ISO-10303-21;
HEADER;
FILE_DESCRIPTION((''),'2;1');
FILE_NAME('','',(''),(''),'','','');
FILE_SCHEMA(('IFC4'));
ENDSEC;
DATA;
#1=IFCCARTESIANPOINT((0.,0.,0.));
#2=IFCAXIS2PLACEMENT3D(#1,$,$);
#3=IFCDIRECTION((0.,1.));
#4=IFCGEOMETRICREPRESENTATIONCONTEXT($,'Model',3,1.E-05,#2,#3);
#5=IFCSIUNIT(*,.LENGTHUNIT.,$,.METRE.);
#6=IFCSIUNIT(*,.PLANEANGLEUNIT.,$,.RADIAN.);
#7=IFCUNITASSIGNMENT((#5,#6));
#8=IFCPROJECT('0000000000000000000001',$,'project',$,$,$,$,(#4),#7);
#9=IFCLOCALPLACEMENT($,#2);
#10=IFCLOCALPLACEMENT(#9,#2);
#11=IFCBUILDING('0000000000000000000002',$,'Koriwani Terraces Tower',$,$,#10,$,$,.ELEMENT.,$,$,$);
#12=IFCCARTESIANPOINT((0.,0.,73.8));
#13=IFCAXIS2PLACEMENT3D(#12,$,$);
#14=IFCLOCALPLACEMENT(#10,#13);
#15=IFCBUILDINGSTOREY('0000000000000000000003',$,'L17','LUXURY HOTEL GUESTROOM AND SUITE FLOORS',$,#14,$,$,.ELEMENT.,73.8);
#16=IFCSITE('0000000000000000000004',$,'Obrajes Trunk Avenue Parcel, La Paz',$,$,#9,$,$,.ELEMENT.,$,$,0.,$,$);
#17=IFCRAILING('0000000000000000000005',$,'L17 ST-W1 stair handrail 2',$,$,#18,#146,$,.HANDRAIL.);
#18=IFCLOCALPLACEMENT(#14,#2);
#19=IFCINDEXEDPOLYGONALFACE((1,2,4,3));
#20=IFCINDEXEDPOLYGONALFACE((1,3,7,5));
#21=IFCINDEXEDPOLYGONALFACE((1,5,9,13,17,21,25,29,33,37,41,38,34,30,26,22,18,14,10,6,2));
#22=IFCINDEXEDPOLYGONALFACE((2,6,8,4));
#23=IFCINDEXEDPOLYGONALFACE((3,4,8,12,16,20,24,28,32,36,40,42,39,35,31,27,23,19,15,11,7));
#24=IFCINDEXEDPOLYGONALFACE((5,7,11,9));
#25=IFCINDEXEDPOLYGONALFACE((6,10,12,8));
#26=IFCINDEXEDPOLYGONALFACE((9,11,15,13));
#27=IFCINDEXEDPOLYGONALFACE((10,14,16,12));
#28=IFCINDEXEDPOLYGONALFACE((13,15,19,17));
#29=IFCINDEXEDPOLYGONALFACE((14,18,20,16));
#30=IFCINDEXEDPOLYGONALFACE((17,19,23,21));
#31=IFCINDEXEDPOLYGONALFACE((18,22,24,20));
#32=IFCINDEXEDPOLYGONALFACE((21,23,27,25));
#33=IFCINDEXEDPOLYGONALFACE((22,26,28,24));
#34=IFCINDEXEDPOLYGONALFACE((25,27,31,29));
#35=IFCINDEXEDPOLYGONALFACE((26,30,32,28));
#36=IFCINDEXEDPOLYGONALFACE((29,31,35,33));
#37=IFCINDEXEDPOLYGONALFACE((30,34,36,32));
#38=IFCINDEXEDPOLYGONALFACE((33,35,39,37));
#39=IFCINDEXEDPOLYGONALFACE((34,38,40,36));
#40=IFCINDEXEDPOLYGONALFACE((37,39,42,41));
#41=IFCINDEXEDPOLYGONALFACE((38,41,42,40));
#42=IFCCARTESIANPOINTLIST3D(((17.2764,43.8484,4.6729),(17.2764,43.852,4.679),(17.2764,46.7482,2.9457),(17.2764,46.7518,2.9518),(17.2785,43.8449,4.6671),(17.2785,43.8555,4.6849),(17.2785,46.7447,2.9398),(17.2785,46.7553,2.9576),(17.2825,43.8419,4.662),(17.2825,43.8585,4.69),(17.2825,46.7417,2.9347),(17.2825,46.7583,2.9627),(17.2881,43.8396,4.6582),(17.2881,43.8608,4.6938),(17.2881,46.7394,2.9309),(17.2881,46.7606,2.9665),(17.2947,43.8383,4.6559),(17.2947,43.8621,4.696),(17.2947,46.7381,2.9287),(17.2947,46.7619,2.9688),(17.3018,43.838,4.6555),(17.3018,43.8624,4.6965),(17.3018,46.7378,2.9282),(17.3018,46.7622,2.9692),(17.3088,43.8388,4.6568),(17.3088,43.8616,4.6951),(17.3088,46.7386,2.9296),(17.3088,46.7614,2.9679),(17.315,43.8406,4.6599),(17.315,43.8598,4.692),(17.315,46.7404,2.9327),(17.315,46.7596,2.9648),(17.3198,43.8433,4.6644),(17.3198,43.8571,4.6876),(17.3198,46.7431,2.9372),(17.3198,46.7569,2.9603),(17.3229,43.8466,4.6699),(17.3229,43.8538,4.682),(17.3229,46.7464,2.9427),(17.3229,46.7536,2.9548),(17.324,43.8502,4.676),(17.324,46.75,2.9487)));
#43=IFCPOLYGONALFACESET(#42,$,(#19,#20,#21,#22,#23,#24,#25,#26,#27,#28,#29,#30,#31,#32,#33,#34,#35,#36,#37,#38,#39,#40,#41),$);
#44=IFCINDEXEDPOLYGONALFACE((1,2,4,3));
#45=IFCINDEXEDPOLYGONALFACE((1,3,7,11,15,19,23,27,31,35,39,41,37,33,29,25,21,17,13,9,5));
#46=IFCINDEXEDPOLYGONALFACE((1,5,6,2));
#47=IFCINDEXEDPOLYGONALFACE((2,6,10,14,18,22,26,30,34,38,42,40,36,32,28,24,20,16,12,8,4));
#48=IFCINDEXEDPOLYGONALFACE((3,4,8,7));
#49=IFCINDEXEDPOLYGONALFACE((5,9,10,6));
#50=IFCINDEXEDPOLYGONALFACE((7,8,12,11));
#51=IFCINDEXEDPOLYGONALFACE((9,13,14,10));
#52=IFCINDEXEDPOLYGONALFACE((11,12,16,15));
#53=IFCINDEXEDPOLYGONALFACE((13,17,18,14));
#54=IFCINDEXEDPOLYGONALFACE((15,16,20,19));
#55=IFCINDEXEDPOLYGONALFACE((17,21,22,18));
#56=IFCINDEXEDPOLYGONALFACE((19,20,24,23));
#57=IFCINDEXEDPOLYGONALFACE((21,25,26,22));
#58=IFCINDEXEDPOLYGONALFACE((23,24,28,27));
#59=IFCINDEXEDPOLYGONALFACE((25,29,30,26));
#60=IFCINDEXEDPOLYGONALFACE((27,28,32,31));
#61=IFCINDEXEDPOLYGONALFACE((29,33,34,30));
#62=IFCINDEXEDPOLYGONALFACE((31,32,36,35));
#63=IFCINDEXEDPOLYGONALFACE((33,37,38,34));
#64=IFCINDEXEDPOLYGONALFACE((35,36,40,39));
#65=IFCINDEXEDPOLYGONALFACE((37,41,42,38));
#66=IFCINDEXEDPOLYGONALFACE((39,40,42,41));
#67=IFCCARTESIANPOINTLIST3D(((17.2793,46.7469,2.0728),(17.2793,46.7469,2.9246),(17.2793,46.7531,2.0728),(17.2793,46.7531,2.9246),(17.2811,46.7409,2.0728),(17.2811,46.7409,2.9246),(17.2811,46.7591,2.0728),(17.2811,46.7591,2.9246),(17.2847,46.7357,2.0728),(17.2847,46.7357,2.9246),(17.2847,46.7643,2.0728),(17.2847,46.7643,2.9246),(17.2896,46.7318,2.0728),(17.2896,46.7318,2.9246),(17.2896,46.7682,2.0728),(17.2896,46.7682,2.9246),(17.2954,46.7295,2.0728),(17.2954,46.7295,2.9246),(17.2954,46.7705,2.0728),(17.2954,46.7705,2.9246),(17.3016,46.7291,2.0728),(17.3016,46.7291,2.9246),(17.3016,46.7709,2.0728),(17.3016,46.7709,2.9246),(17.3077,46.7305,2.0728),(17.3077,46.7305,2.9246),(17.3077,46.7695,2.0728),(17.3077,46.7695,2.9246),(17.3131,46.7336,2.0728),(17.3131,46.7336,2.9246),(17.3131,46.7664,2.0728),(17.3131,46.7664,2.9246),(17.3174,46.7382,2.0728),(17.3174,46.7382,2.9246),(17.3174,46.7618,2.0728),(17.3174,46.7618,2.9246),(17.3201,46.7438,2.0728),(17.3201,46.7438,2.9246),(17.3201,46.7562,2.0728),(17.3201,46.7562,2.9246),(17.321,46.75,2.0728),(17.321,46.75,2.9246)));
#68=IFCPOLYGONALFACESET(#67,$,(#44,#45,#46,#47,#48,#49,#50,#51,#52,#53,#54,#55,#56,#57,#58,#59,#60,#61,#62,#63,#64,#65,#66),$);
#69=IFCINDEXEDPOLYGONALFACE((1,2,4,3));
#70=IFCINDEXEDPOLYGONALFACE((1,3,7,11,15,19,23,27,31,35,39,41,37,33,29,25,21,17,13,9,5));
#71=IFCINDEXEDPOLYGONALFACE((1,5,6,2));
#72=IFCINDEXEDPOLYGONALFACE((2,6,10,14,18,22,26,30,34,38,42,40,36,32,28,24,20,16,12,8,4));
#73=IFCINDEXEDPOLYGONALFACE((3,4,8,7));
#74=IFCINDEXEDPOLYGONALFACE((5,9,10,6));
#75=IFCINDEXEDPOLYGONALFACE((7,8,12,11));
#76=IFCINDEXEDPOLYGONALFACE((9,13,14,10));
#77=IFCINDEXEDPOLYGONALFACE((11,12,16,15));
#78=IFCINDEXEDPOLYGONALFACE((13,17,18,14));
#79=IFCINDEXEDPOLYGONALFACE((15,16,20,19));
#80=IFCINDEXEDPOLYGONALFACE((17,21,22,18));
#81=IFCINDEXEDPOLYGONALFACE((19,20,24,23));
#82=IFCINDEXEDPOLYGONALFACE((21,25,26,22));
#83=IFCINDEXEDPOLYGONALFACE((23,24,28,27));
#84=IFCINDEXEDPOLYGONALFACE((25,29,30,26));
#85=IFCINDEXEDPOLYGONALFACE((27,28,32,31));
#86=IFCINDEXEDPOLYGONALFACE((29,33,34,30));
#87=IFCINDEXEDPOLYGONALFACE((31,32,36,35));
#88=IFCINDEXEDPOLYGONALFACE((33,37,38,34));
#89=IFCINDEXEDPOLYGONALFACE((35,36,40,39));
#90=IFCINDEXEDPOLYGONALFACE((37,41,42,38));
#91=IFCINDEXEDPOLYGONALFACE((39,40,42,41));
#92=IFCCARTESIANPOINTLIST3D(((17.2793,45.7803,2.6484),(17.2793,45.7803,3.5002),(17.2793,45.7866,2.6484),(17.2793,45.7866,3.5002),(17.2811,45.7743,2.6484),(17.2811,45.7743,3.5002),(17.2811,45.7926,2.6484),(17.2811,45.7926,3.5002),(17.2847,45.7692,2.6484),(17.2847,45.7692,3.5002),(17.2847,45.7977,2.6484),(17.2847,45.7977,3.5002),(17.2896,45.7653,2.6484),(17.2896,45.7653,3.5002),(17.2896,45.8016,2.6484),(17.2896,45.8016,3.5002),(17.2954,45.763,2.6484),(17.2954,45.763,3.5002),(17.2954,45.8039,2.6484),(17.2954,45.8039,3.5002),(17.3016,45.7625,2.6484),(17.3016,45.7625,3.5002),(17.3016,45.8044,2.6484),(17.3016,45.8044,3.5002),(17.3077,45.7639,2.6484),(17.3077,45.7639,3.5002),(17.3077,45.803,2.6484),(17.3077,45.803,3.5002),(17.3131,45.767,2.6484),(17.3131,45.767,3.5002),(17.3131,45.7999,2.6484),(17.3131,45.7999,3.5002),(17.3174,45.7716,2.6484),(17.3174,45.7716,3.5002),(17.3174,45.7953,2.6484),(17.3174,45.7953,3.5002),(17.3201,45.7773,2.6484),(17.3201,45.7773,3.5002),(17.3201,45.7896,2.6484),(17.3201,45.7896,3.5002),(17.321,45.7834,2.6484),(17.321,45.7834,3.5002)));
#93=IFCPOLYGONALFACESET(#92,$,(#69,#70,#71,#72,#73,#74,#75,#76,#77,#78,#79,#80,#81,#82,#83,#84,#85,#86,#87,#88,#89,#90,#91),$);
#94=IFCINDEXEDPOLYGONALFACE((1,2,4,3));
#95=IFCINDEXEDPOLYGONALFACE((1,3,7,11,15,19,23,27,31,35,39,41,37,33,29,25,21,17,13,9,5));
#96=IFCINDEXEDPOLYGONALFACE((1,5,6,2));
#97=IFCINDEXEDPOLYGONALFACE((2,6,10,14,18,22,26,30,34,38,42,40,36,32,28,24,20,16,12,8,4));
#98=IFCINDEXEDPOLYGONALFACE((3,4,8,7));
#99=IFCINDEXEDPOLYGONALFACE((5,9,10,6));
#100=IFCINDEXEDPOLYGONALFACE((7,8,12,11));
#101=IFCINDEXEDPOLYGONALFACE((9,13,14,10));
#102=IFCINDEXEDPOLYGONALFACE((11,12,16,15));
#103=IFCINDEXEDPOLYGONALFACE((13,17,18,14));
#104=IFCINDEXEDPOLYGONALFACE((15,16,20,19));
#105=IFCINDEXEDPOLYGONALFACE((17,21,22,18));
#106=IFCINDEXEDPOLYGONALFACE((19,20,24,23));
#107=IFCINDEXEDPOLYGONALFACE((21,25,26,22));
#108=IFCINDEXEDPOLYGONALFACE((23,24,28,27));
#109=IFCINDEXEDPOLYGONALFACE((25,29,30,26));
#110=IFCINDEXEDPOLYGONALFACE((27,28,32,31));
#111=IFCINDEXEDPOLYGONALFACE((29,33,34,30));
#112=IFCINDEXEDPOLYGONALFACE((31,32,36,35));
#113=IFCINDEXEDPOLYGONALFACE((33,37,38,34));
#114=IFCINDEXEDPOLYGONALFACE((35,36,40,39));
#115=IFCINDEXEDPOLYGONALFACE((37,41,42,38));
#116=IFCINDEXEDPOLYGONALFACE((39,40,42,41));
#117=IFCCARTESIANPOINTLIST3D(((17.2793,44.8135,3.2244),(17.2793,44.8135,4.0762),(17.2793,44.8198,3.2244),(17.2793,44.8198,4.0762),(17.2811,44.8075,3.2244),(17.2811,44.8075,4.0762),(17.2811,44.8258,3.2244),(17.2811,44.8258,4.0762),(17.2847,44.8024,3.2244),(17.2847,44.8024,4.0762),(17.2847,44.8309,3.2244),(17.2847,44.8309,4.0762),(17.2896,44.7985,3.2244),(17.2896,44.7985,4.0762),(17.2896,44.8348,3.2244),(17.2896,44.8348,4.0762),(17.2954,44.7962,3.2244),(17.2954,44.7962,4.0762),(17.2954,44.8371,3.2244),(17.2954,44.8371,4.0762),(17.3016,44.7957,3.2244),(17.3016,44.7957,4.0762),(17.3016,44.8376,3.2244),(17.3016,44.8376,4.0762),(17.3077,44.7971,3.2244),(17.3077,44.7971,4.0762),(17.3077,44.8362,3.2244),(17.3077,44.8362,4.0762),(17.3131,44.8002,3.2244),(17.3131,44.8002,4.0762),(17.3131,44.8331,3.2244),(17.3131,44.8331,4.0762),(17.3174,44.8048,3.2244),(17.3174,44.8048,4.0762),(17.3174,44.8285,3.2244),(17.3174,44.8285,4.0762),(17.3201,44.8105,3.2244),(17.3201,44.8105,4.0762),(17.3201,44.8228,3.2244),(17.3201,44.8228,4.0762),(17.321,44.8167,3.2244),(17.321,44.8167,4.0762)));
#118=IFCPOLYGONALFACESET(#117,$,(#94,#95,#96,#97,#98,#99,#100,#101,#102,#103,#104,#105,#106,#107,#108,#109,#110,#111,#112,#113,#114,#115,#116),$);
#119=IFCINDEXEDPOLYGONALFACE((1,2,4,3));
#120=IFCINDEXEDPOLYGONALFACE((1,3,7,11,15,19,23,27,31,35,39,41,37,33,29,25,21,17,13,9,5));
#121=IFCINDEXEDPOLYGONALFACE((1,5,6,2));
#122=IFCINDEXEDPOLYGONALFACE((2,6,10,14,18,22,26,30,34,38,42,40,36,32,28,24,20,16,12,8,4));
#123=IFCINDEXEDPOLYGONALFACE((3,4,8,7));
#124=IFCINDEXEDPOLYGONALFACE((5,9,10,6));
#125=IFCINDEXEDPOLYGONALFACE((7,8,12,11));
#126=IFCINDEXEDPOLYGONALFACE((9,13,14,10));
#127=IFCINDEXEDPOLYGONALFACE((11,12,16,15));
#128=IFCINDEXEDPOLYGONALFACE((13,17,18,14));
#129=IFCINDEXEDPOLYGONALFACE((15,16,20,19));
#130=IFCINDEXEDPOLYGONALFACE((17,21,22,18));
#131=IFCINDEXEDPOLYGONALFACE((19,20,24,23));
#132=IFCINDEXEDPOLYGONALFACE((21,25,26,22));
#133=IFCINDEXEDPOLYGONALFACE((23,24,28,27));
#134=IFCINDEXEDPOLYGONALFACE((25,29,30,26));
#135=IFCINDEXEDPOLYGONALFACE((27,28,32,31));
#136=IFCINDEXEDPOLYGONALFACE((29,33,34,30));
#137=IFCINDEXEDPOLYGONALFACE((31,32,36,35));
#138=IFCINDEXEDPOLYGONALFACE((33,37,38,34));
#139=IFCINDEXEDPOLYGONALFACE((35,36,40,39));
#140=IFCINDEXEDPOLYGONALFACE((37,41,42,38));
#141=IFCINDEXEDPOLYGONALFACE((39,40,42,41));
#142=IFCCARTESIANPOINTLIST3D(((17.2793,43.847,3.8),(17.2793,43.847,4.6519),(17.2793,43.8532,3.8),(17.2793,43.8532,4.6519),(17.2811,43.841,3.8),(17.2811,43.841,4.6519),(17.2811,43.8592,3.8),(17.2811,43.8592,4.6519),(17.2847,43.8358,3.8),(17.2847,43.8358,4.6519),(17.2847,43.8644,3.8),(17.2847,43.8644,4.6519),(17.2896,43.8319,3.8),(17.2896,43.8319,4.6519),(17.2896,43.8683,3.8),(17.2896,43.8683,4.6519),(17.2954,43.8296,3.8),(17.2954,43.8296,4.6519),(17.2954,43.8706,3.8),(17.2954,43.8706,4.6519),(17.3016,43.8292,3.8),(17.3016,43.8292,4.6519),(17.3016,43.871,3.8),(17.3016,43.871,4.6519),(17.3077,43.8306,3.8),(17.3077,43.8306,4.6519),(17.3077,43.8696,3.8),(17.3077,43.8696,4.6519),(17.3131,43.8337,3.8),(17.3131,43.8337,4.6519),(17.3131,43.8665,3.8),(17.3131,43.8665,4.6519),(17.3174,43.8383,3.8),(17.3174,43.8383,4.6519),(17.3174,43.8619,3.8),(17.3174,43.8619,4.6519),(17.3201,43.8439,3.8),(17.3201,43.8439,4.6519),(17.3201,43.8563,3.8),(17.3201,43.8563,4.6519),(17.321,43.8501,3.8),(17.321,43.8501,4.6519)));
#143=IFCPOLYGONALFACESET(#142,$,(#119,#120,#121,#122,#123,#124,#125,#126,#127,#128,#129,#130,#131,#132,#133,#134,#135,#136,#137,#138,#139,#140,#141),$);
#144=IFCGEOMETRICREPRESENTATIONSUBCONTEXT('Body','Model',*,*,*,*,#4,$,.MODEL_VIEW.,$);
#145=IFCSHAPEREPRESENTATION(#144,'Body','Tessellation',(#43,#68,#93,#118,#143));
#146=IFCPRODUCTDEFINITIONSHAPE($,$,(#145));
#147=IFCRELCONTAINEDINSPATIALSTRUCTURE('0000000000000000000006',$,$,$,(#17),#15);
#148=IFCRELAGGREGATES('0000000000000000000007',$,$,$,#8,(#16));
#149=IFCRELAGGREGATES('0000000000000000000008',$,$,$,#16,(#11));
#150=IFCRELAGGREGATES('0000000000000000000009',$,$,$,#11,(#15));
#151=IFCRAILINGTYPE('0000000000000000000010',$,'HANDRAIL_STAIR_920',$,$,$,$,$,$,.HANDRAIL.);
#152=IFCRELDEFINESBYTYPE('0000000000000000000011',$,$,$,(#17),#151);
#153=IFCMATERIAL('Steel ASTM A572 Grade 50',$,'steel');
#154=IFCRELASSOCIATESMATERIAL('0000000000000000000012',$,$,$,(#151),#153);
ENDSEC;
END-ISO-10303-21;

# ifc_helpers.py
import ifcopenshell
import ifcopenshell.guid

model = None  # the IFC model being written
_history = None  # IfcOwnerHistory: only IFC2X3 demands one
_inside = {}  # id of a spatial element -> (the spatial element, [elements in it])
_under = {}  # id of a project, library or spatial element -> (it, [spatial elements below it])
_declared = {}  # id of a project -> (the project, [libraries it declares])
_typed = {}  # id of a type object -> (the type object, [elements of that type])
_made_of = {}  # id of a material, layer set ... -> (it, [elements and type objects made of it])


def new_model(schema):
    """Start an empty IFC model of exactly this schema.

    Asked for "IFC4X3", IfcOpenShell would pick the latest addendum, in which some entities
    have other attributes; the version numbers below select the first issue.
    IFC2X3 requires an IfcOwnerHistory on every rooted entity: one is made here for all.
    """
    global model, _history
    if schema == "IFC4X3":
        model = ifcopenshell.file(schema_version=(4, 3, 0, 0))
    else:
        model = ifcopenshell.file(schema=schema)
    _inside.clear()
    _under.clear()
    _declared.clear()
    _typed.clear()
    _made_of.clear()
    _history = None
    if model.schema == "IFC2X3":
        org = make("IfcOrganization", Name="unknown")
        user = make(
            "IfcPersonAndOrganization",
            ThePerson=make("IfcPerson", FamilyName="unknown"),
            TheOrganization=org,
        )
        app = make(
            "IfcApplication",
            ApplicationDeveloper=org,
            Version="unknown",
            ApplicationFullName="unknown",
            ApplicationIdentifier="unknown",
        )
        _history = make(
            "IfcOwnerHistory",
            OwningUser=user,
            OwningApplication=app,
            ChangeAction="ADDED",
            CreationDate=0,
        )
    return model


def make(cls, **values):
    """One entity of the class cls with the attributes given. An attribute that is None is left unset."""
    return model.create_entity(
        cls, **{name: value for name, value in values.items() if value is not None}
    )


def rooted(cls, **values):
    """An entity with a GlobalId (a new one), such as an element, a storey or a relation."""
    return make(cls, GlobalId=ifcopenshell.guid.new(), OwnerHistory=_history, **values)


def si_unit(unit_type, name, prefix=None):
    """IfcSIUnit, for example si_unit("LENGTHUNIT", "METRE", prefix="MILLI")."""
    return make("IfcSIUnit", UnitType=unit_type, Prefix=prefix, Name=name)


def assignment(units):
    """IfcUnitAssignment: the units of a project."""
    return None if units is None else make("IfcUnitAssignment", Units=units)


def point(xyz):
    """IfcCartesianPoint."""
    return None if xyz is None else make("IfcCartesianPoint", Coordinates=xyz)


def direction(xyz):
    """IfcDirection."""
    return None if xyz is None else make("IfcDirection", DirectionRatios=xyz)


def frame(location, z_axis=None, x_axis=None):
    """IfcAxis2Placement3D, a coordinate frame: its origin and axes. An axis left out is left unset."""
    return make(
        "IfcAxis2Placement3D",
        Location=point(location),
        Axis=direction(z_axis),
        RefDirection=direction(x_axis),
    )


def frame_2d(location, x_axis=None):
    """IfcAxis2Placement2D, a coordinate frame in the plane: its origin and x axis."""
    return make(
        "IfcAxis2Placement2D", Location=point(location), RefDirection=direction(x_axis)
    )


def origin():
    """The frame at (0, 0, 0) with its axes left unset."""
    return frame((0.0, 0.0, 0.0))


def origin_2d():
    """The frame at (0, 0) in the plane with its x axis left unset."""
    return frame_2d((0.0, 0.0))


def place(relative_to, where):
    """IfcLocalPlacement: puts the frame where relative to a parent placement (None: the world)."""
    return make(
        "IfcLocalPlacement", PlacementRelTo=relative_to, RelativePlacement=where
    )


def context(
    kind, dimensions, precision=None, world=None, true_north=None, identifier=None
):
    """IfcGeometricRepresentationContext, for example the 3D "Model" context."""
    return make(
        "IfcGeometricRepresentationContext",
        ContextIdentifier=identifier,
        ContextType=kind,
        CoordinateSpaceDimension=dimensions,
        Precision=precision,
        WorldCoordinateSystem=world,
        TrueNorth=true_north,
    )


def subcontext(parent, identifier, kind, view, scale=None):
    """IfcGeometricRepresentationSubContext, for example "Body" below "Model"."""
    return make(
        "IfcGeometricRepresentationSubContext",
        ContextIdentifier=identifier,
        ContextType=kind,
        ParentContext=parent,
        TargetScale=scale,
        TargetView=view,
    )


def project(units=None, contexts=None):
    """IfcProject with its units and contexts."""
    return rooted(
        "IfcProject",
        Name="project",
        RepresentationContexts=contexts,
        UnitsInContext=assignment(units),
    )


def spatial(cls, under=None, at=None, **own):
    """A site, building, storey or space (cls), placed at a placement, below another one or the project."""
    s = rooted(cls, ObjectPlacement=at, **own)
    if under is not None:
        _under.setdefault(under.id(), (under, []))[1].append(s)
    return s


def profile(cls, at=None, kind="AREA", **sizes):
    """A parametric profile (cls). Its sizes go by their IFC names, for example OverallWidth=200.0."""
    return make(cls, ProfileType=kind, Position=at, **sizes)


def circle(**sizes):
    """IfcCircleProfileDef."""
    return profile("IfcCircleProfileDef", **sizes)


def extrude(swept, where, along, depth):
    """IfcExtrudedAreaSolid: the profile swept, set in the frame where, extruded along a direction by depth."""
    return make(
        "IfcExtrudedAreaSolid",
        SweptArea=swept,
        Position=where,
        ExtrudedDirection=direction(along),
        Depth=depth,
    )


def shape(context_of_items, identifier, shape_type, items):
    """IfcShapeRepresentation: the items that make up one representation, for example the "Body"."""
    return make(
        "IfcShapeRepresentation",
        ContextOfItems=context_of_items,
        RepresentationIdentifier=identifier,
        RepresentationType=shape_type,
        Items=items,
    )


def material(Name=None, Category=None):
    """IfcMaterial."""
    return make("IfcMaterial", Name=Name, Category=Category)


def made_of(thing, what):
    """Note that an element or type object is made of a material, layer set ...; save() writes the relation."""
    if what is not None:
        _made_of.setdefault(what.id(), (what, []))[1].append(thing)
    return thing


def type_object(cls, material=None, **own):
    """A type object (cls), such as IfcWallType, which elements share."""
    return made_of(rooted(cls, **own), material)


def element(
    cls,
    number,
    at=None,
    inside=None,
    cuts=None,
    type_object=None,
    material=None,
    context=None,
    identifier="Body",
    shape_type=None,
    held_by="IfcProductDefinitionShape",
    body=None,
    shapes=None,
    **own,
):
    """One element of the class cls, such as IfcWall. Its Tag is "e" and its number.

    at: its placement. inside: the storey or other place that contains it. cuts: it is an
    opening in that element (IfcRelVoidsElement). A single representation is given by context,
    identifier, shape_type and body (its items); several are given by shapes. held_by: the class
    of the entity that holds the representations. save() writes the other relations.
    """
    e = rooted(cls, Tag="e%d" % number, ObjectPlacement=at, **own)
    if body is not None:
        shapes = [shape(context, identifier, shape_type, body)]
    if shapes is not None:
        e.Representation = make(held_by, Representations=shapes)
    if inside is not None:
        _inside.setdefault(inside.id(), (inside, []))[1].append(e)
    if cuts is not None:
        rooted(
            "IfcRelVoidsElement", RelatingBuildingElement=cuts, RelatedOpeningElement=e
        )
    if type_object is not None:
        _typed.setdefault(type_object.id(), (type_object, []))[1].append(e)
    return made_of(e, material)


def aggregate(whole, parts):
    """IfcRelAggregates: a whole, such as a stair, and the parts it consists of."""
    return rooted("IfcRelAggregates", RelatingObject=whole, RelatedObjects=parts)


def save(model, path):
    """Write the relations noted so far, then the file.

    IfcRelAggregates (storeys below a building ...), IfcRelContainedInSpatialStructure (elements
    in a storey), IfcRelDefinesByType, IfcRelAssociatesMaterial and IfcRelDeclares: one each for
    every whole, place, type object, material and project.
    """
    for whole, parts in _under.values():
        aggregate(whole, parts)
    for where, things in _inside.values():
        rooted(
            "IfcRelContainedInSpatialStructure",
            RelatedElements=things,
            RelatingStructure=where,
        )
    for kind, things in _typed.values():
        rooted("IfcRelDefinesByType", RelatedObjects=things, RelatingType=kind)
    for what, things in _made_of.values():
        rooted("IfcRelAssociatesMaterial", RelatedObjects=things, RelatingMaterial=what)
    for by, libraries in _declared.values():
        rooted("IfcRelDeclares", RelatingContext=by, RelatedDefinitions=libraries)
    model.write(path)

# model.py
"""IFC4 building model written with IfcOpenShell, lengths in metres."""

from ifc_helpers import new_model, si_unit, direction, frame, origin, origin_2d, place, context, subcontext, project, spatial, circle, extrude, material, type_object, element, save


model = new_model("IFC4")

# Units and contexts
model_context = context("Model", 3, precision=1e-05, world=origin(), true_north=direction((0.0, 1.0)))
body_context = subcontext(model_context, "Body", "Model", "MODEL_VIEW")
ifc_project = project(units=[si_unit("LENGTHUNIT", "METRE"), si_unit("PLANEANGLEUNIT", "RADIAN")], contexts=[model_context])

# Site, building, storey
site_placement = place(None, origin())
site = spatial("IfcSite", under=ifc_project, at=site_placement, Name="Obrajes Trunk Avenue Parcel, La Paz", CompositionType="ELEMENT", RefElevation=0.0)
building_placement = place(site_placement, origin())
building = spatial("IfcBuilding", under=site, at=building_placement, Name="Koriwani Terraces Tower", CompositionType="ELEMENT")
storey_placement = place(building_placement, frame((0.0, 0.0, 73.8)))
storey = spatial("IfcBuildingStorey", under=building, at=storey_placement, Name="L17", Description="LUXURY HOTEL GUESTROOM AND SUITE FLOORS", CompositionType="ELEMENT", Elevation=73.8)

# Shared definitions
ifc_material_1 = material(Name="Steel ASTM A572 Grade 50", Category="steel")

# Railing
railing_type_1 = type_object("IfcRailingType", Name="HANDRAIL_STAIR_920", PredefinedType="HANDRAIL", material=ifc_material_1)
for number, where, name in (
    (1, (17.3, 46.75, 2.0728), "L17 ST-W1 stair handrail 2"),
):
    element("IfcRailing", number, at=place(storey_placement, frame(where)), inside=storey, type_object=railing_type_1, Name=name, PredefinedType="HANDRAIL", context=body_context, shape_type="SweptSolid", body=[
        extrude(circle(Radius=0.0239, at=origin_2d()), frame((0.0, 0.0, 0.876), z_axis=(0.0, -0.859141, 0.511738), x_axis=(1.0, 0.0, 0.0)), (0.0, 0.0, 1.0), 3.3752),
        extrude(circle(Radius=0.021, at=origin_2d()), origin(), (0.0, 0.0, 1.0), 0.8518),
        extrude(circle(Radius=0.021, at=origin_2d()), frame((0.0, -0.9666, 0.5757)), (0.0, 0.0, 1.0), 0.8518),
        extrude(circle(Radius=0.021, at=origin_2d()), frame((0.0, -1.9333, 1.1516)), (0.0, 0.0, 1.0), 0.8518),
        extrude(circle(Radius=0.021, at=origin_2d()), frame((0.0, -2.8999, 1.7273)), (0.0, 0.0, 1.0), 0.8518),
    ])

save(model, "model.ifc")
